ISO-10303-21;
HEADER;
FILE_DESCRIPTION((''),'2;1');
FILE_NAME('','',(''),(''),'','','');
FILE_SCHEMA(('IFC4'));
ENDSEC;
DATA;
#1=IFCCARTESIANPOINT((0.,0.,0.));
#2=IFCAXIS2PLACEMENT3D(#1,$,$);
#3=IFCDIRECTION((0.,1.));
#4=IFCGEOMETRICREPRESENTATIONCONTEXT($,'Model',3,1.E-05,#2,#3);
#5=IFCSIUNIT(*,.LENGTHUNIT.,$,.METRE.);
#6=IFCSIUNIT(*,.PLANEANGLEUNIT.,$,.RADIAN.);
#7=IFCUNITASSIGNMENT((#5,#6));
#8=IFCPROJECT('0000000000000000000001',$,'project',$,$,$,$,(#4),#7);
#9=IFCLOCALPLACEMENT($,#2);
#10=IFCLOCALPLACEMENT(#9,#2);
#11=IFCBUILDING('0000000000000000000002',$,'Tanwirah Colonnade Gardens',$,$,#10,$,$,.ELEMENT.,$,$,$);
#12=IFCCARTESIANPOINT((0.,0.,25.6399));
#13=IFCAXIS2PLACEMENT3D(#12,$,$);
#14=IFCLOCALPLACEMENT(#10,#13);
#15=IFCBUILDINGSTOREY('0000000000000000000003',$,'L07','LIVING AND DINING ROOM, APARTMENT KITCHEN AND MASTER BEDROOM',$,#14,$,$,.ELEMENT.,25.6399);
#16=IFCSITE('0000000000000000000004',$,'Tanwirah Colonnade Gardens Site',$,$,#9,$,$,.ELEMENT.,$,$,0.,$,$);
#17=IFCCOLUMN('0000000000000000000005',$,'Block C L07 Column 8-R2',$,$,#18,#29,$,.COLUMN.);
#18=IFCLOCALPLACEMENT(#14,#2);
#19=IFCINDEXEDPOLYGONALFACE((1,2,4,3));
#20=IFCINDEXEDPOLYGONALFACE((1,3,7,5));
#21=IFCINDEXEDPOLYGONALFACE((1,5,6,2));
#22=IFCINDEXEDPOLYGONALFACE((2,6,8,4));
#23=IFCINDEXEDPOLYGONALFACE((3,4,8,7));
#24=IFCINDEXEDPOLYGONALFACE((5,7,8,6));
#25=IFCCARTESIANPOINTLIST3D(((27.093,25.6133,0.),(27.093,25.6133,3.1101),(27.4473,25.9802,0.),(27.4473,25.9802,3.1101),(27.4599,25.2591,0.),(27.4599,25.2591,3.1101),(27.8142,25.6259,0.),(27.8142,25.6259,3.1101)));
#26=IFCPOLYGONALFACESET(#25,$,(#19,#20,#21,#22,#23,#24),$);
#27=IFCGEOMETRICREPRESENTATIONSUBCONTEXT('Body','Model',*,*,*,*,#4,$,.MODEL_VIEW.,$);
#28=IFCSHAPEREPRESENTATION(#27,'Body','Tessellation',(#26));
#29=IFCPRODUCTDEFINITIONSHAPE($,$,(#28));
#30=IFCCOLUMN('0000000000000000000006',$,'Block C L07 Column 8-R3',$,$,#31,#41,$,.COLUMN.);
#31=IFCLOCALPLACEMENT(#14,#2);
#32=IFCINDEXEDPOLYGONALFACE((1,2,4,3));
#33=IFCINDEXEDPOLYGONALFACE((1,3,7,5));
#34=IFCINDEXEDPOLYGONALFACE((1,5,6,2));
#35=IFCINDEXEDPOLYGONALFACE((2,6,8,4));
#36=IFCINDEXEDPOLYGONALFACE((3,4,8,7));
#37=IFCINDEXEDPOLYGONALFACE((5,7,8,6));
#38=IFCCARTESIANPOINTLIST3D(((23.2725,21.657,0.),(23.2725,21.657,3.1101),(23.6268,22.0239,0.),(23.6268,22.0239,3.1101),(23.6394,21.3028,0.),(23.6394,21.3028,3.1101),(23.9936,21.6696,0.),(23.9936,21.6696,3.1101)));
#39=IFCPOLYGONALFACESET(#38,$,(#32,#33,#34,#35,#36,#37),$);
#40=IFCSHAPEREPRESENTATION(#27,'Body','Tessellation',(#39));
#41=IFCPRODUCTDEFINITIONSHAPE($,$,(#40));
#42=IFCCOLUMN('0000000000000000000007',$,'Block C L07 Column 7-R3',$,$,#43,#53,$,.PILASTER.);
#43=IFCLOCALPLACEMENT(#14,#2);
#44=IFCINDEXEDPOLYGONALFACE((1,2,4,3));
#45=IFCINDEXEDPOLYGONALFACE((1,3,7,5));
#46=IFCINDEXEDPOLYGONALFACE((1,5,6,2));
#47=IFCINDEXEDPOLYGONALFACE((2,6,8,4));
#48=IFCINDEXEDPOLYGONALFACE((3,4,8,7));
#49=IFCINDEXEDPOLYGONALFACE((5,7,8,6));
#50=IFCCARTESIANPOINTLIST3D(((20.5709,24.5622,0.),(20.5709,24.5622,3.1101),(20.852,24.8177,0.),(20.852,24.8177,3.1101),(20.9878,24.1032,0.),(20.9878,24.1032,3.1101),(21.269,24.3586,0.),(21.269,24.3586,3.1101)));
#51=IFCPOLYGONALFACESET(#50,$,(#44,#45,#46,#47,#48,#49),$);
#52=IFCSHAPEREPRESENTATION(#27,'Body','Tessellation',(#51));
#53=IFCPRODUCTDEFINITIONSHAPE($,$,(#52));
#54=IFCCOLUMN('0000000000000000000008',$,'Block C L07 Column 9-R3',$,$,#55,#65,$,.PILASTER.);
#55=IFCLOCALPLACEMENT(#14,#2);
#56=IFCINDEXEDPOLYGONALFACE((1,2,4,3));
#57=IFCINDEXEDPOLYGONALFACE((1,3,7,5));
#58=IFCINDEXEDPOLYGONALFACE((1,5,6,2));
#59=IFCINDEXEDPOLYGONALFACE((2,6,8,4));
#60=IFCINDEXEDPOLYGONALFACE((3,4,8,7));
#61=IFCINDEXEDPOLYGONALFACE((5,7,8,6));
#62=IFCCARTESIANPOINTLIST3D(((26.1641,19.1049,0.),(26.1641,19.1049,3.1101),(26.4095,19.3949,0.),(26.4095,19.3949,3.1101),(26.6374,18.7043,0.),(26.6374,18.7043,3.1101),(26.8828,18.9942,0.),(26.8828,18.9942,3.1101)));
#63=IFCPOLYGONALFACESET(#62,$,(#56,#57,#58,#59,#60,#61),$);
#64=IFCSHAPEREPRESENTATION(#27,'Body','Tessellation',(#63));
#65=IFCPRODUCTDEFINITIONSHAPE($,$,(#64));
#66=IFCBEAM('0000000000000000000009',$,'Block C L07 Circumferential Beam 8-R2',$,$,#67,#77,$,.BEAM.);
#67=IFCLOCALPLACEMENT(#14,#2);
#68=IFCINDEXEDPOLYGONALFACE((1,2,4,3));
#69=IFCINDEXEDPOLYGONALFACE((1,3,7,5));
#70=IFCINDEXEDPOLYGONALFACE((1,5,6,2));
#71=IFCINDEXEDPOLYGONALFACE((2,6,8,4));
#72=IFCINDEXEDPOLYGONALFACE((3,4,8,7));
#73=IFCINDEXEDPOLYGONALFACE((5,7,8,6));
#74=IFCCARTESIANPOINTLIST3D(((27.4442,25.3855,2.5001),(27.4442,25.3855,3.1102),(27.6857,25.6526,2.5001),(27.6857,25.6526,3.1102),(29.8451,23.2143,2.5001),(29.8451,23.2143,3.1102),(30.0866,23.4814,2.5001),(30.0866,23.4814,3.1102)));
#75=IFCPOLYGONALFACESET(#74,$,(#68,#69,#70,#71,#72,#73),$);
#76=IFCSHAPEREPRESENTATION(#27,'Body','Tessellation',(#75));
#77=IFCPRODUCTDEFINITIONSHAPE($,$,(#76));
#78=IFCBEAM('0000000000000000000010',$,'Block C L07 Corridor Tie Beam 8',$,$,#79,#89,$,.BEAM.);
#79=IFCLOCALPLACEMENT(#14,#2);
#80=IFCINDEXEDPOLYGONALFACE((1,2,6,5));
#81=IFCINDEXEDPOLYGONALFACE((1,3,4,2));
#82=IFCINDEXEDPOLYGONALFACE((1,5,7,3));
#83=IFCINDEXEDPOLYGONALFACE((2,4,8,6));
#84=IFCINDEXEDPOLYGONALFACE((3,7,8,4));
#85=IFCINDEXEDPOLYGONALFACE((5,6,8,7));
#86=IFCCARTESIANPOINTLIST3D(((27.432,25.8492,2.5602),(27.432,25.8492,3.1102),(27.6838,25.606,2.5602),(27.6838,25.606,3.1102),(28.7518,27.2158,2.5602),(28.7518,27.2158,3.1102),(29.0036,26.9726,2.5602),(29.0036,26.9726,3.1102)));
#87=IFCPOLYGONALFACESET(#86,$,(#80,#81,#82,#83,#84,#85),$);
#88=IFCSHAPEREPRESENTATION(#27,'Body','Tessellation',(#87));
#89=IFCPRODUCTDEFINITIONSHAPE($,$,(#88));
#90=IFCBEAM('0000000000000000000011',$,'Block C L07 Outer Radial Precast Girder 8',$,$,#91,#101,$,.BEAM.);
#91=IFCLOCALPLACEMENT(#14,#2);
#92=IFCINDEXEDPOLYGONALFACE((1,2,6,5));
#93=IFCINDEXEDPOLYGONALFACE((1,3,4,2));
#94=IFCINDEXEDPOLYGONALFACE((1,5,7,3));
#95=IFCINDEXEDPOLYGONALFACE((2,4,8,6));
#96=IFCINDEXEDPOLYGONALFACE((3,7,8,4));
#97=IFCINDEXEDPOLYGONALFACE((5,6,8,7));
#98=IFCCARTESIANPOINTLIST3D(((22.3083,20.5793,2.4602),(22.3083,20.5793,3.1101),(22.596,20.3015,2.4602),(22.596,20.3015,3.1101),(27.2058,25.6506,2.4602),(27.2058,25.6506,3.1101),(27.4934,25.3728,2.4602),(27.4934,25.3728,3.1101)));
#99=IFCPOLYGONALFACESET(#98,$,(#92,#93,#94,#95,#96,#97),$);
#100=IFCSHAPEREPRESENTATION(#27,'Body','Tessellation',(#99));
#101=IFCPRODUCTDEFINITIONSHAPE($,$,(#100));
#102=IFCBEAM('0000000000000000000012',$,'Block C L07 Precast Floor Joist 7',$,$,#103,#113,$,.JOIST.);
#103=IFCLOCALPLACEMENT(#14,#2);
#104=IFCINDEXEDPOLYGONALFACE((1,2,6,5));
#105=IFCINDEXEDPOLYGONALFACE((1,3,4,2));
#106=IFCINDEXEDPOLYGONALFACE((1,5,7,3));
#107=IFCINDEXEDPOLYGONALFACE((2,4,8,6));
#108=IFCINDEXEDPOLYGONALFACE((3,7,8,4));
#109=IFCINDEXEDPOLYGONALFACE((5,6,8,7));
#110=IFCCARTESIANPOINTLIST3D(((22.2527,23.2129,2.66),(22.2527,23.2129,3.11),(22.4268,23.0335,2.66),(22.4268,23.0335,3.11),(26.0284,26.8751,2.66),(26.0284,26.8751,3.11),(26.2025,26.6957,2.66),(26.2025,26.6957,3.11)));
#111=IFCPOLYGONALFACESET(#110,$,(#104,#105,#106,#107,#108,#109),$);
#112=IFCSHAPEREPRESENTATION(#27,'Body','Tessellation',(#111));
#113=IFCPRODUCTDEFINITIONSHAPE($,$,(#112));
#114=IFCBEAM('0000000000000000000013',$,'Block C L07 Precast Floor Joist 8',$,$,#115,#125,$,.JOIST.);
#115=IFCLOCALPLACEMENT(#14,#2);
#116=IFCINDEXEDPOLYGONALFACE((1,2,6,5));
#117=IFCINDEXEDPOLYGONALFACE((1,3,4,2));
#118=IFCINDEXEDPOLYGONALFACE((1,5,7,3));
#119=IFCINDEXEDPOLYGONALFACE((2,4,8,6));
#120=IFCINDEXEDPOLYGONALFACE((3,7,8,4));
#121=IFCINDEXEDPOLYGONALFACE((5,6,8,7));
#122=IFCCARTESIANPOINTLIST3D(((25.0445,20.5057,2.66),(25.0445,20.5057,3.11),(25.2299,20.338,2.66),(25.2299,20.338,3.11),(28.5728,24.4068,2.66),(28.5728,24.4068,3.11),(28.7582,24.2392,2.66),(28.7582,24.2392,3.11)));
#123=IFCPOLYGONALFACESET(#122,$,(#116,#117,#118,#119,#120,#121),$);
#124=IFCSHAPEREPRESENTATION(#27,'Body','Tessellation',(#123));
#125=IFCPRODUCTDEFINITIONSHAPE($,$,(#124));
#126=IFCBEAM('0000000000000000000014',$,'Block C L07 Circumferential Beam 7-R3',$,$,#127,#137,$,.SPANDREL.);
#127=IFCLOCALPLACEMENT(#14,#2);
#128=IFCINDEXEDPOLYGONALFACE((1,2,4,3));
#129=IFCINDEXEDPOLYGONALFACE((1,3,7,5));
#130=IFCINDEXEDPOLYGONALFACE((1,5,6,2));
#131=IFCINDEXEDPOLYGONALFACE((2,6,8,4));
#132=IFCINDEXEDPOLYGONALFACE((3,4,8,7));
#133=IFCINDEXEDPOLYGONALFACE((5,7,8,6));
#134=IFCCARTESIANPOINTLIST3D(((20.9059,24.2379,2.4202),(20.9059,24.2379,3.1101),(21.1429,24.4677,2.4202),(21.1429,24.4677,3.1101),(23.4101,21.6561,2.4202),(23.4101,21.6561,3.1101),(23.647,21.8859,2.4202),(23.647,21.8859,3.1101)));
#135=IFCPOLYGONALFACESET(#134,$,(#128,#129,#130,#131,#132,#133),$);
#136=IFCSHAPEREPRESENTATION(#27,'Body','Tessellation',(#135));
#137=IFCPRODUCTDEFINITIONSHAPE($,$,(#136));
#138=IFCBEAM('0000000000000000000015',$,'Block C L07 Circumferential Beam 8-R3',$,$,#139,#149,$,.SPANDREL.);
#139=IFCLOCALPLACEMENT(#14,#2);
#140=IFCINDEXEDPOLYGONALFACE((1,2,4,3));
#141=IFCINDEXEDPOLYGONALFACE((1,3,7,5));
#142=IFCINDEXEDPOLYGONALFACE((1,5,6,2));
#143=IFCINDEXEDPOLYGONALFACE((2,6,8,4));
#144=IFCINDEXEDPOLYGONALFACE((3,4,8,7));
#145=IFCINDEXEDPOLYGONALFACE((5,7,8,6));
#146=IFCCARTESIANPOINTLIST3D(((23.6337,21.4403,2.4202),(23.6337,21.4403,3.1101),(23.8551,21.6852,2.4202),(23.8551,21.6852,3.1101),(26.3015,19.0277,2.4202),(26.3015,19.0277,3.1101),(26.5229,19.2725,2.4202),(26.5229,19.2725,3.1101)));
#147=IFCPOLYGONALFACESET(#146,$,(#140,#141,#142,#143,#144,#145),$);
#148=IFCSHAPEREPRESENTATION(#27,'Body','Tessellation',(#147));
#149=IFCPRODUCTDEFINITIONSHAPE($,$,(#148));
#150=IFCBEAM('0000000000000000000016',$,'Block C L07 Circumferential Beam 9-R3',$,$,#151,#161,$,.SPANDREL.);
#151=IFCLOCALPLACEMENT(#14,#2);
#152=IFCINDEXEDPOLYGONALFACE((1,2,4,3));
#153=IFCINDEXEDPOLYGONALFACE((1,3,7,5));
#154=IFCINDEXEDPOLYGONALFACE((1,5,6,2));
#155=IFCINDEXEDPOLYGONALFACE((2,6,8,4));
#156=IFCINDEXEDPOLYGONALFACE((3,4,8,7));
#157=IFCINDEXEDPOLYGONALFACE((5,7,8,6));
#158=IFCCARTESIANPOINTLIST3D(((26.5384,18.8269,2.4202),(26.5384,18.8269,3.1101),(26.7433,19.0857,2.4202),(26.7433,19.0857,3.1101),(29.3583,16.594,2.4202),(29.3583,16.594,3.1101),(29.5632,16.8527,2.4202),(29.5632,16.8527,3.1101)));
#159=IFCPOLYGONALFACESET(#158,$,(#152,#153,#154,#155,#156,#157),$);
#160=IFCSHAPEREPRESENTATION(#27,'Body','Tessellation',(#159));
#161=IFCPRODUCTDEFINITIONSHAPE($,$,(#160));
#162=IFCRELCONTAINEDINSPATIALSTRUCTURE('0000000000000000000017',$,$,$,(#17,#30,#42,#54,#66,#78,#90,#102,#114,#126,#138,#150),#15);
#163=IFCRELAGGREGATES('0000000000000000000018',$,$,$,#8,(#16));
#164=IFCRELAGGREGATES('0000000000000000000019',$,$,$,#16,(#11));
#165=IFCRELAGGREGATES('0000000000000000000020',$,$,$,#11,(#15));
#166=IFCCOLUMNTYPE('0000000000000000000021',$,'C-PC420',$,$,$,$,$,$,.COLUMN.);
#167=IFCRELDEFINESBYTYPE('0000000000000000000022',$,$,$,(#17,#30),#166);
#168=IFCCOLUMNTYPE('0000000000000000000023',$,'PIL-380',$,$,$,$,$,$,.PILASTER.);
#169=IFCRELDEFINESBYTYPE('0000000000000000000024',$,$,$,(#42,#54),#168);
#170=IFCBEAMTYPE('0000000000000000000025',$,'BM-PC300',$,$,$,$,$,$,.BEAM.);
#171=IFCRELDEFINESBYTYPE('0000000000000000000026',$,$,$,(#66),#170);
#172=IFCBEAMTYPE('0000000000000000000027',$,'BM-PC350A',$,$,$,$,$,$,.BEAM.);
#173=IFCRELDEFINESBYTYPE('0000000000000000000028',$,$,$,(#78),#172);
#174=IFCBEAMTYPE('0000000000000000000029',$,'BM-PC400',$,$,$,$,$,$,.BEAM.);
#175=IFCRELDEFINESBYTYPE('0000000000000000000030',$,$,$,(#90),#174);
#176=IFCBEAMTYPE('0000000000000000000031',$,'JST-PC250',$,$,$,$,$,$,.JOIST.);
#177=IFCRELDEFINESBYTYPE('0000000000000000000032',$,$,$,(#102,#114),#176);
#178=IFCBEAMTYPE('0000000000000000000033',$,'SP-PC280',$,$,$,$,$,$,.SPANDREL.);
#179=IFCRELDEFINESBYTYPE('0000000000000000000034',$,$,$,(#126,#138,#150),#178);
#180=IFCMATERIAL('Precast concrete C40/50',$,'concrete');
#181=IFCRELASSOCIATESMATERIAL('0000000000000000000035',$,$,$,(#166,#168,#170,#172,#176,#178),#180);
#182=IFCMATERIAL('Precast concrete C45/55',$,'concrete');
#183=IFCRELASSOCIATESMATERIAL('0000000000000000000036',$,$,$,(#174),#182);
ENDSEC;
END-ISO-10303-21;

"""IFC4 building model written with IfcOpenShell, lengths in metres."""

from ifc_helpers import new_model, si_unit, direction, frame, origin, origin_2d, place, context, subcontext, project, spatial, rectangle, extrude, material, material_profile, profile_set, type_object, element, save


model = new_model("IFC4")

# Units and contexts
model_context = context("Model", 3, precision=1e-05, world=origin(), true_north=direction((0.0, 1.0)))
body_context = subcontext(model_context, "Body", "Model", "MODEL_VIEW")
ifc_project = project(units=[si_unit("LENGTHUNIT", "METRE"), si_unit("PLANEANGLEUNIT", "RADIAN")], contexts=[model_context])

# Site, building, storey
site_placement = place(None, origin())
site = spatial("IfcSite", under=ifc_project, at=site_placement, Name="Tanwirah Colonnade Gardens Site", CompositionType="ELEMENT", RefElevation=0.0)
building_placement = place(site_placement, origin())
building = spatial("IfcBuilding", under=site, at=building_placement, Name="Tanwirah Colonnade Gardens", CompositionType="ELEMENT")
storey_placement = place(building_placement, frame((0.0, 0.0, 25.6399)))
storey = spatial("IfcBuildingStorey", under=building, at=storey_placement, Name="L07", Description="LIVING AND DINING ROOM, APARTMENT KITCHEN AND MASTER BEDROOM", CompositionType="ELEMENT", Elevation=25.6399)

# Columns
ifc_material_1 = material(Name="Precast concrete C40/50", Category="concrete")
ifc_material_profile_1 = material_profile(ifc_material_1, rectangle(XDim=0.51, YDim=0.51, at=origin_2d()), Name="PC-COL 510x510")
ifc_profile_set_1 = profile_set([ifc_material_profile_1], Name="Precast concrete C40/50")
column_type_1 = type_object("IfcColumnType", Name="C-PC420", PredefinedType="COLUMN", material=ifc_profile_set_1)
for number, where, z_axis, x_axis, name in (
    (1, (27.4536, 25.6196, 0.0), (0.0, 0.0, 1.0), (-0.694658, -0.71934, 0.0), "Block C L07 Column 8-R2"),
    (2, (23.6331, 21.6633, 0.0), (0.0, 0.0, 1.0), (-0.694658, -0.71934, 0.0), "Block C L07 Column 8-R3"),
):
    element("IfcColumn", number, at=place(storey_placement, frame(where, z_axis=z_axis, x_axis=x_axis)), inside=storey, type_object=column_type_1, Name=name, PredefinedType="COLUMN", context=body_context, shape_type="SweptSolid", body=[
        extrude(rectangle(XDim=0.51, YDim=0.51, at=origin_2d()), origin(), (0.0, 0.0, 1.0), 3.1101),
    ])
ifc_material_profile_2 = material_profile(ifc_material_1, rectangle(XDim=0.3799, YDim=0.6201, at=origin_2d()), Name="PC-PIL 380x620")
ifc_profile_set_2 = profile_set([ifc_material_profile_2], Name="Precast concrete C40/50")
column_type_2 = type_object("IfcColumnType", Name="PIL-380", PredefinedType="PILASTER", material=ifc_profile_set_2)
for number, where, z_axis, x_axis, name in (
    (3, (20.9199, 24.4604, 0.0), (0.0, 0.0, 1.0), (-0.740218, -0.672367, 0.0), "Block C L07 Column 7-R3"),
    (4, (26.5234, 19.0496, 0.0), (0.0, 0.0, 1.0), (-0.646124, -0.763232, 0.0), "Block C L07 Column 9-R3"),
):
    element("IfcColumn", number, at=place(storey_placement, frame(where, z_axis=z_axis, x_axis=x_axis)), inside=storey, type_object=column_type_2, Name=name, PredefinedType="PILASTER", context=body_context, shape_type="SweptSolid", body=[
        extrude(rectangle(XDim=0.3799, YDim=0.6201, at=origin_2d()), origin(), (0.0, 0.0, 1.0), 3.1101),
    ])

# Beams
ifc_material_profile_3 = material_profile(ifc_material_1, rectangle(XDim=0.3601, YDim=0.6101, at=origin_2d()), Name="PC-BM 360x610")
ifc_profile_set_3 = profile_set([ifc_material_profile_3], Name="Precast concrete C40/50")
beam_type_1 = type_object("IfcBeamType", Name="BM-PC300", PredefinedType="BEAM", material=ifc_profile_set_3)
beam_1_placement = place(storey_placement, frame((27.5649, 25.519, 2.8052), z_axis=(0.741702, -0.67073, 0.0), x_axis=(0.67073, 0.741702, 0.0)))
element("IfcBeam", 5, at=beam_1_placement, inside=storey, type_object=beam_type_1, Name="Block C L07 Circumferential Beam 8-R2", PredefinedType="BEAM", context=body_context, shape_type="SweptSolid", body=[
    extrude(rectangle(XDim=0.3601, YDim=0.6101, at=origin_2d()), origin(), (0.0, 0.0, 1.0), 3.2371),
])
ifc_material_profile_4 = material_profile(ifc_material_1, rectangle(XDim=0.3501, YDim=0.55, at=origin_2d()), Name="PC-BM 350x550")
ifc_profile_set_4 = profile_set([ifc_material_profile_4], Name="Precast concrete C40/50")
beam_type_2 = type_object("IfcBeamType", Name="BM-PC350A", PredefinedType="BEAM", material=ifc_profile_set_4)
beam_2_placement = place(storey_placement, frame((28.8777, 27.0942, 2.8352), z_axis=(-0.694663, -0.719335, 0.0), x_axis=(0.719335, -0.694663, 0.0)))
element("IfcBeam", 6, at=beam_2_placement, inside=storey, type_object=beam_type_2, Name="Block C L07 Corridor Tie Beam 8", PredefinedType="BEAM", context=body_context, shape_type="SweptSolid", body=[
    extrude(rectangle(XDim=0.3501, YDim=0.55, at=origin_2d()), origin(), (0.0, 0.0, 1.0), 1.8999),
])
ifc_material_2 = material(Name="Precast concrete C45/55", Category="concrete")
ifc_material_profile_5 = material_profile(ifc_material_2, rectangle(XDim=0.3999, YDim=0.6499, at=origin_2d()), Name="PC-BM 400x650")
ifc_profile_set_5 = profile_set([ifc_material_profile_5], Name="Precast concrete C45/55")
beam_type_3 = type_object("IfcBeamType", Name="BM-PC400", PredefinedType="BEAM", material=ifc_profile_set_5)
beam_3_placement = place(storey_placement, frame((27.3496, 25.5117, 2.7852), z_axis=(-0.694671, -0.719327, 0.0), x_axis=(0.719327, -0.694671, 0.0)))
element("IfcBeam", 7, at=beam_3_placement, inside=storey, type_object=beam_type_3, Name="Block C L07 Outer Radial Precast Girder 8", PredefinedType="BEAM", context=body_context, shape_type="SweptSolid", body=[
    extrude(rectangle(XDim=0.3999, YDim=0.6499, at=origin_2d()), origin(), (0.0, 0.0, 1.0), 7.05),
])
ifc_material_profile_6 = material_profile(ifc_material_1, rectangle(XDim=0.25, YDim=0.45, at=origin_2d()), Name="PC-JST 250x450")
ifc_profile_set_6 = profile_set([ifc_material_profile_6], Name="Precast concrete C40/50")
beam_type_4 = type_object("IfcBeamType", Name="JST-PC250", PredefinedType="JOIST", material=ifc_profile_set_6)
for number, where, z_axis, x_axis, name in (
    (8, (26.1155, 26.7854, 2.885), (-0.717816, -0.696233, 0.0), (0.696233, -0.717816, 0.0), "Block C L07 Precast Floor Joist 7"),
    (9, (28.6655, 24.323, 2.885), (-0.670781, -0.741656, 0.0), (0.741656, -0.670781, 0.0), "Block C L07 Precast Floor Joist 8"),
):
    element("IfcBeam", number, at=place(storey_placement, frame(where, z_axis=z_axis, x_axis=x_axis)), inside=storey, type_object=beam_type_4, Name=name, PredefinedType="JOIST", context=body_context, shape_type="SweptSolid", body=[
        extrude(rectangle(XDim=0.25, YDim=0.45, at=origin_2d()), origin(), (0.0, 0.0, 1.0), 5.26),
    ])
ifc_material_profile_7 = material_profile(ifc_material_1, rectangle(XDim=0.3301, YDim=0.6899, at=origin_2d()), Name="PC-SP 330x690")
ifc_profile_set_7 = profile_set([ifc_material_profile_7], Name="Precast concrete C40/50")
beam_type_5 = type_object("IfcBeamType", Name="SP-PC280", PredefinedType="SPANDREL", material=ifc_profile_set_7)
beam_4_placement = place(storey_placement, frame((21.0244, 24.3528, 2.7651), z_axis=(0.696232, -0.717817, 0.0), x_axis=(0.717817, 0.696232, 0.0)))
element("IfcBeam", 10, at=beam_4_placement, inside=storey, type_object=beam_type_5, Name="Block C L07 Circumferential Beam 7-R3", PredefinedType="SPANDREL", context=body_context, shape_type="SweptSolid", body=[
    extrude(rectangle(XDim=0.3301, YDim=0.6899, at=origin_2d()), origin(), (0.0, 0.0, 1.0), 3.5967),
])
for number, where, z_axis, x_axis, name in (
    (11, (23.7444, 21.5627, 2.7651), (0.741682, -0.670752, 0.0), (0.670752, 0.741682, 0.0), "Block C L07 Circumferential Beam 8-R3"),
    (12, (26.6409, 18.9563, 2.7651), (0.783971, -0.620797, 0.0), (0.620797, 0.783971, 0.0), "Block C L07 Circumferential Beam 9-R3"),
):
    element("IfcBeam", number, at=place(storey_placement, frame(where, z_axis=z_axis, x_axis=x_axis)), inside=storey, type_object=beam_type_5, Name=name, PredefinedType="SPANDREL", context=body_context, shape_type="SweptSolid", body=[
        extrude(rectangle(XDim=0.3301, YDim=0.6899, at=origin_2d()), origin(), (0.0, 0.0, 1.0), 3.5969),
    ])

save(model, "model.ifc")
